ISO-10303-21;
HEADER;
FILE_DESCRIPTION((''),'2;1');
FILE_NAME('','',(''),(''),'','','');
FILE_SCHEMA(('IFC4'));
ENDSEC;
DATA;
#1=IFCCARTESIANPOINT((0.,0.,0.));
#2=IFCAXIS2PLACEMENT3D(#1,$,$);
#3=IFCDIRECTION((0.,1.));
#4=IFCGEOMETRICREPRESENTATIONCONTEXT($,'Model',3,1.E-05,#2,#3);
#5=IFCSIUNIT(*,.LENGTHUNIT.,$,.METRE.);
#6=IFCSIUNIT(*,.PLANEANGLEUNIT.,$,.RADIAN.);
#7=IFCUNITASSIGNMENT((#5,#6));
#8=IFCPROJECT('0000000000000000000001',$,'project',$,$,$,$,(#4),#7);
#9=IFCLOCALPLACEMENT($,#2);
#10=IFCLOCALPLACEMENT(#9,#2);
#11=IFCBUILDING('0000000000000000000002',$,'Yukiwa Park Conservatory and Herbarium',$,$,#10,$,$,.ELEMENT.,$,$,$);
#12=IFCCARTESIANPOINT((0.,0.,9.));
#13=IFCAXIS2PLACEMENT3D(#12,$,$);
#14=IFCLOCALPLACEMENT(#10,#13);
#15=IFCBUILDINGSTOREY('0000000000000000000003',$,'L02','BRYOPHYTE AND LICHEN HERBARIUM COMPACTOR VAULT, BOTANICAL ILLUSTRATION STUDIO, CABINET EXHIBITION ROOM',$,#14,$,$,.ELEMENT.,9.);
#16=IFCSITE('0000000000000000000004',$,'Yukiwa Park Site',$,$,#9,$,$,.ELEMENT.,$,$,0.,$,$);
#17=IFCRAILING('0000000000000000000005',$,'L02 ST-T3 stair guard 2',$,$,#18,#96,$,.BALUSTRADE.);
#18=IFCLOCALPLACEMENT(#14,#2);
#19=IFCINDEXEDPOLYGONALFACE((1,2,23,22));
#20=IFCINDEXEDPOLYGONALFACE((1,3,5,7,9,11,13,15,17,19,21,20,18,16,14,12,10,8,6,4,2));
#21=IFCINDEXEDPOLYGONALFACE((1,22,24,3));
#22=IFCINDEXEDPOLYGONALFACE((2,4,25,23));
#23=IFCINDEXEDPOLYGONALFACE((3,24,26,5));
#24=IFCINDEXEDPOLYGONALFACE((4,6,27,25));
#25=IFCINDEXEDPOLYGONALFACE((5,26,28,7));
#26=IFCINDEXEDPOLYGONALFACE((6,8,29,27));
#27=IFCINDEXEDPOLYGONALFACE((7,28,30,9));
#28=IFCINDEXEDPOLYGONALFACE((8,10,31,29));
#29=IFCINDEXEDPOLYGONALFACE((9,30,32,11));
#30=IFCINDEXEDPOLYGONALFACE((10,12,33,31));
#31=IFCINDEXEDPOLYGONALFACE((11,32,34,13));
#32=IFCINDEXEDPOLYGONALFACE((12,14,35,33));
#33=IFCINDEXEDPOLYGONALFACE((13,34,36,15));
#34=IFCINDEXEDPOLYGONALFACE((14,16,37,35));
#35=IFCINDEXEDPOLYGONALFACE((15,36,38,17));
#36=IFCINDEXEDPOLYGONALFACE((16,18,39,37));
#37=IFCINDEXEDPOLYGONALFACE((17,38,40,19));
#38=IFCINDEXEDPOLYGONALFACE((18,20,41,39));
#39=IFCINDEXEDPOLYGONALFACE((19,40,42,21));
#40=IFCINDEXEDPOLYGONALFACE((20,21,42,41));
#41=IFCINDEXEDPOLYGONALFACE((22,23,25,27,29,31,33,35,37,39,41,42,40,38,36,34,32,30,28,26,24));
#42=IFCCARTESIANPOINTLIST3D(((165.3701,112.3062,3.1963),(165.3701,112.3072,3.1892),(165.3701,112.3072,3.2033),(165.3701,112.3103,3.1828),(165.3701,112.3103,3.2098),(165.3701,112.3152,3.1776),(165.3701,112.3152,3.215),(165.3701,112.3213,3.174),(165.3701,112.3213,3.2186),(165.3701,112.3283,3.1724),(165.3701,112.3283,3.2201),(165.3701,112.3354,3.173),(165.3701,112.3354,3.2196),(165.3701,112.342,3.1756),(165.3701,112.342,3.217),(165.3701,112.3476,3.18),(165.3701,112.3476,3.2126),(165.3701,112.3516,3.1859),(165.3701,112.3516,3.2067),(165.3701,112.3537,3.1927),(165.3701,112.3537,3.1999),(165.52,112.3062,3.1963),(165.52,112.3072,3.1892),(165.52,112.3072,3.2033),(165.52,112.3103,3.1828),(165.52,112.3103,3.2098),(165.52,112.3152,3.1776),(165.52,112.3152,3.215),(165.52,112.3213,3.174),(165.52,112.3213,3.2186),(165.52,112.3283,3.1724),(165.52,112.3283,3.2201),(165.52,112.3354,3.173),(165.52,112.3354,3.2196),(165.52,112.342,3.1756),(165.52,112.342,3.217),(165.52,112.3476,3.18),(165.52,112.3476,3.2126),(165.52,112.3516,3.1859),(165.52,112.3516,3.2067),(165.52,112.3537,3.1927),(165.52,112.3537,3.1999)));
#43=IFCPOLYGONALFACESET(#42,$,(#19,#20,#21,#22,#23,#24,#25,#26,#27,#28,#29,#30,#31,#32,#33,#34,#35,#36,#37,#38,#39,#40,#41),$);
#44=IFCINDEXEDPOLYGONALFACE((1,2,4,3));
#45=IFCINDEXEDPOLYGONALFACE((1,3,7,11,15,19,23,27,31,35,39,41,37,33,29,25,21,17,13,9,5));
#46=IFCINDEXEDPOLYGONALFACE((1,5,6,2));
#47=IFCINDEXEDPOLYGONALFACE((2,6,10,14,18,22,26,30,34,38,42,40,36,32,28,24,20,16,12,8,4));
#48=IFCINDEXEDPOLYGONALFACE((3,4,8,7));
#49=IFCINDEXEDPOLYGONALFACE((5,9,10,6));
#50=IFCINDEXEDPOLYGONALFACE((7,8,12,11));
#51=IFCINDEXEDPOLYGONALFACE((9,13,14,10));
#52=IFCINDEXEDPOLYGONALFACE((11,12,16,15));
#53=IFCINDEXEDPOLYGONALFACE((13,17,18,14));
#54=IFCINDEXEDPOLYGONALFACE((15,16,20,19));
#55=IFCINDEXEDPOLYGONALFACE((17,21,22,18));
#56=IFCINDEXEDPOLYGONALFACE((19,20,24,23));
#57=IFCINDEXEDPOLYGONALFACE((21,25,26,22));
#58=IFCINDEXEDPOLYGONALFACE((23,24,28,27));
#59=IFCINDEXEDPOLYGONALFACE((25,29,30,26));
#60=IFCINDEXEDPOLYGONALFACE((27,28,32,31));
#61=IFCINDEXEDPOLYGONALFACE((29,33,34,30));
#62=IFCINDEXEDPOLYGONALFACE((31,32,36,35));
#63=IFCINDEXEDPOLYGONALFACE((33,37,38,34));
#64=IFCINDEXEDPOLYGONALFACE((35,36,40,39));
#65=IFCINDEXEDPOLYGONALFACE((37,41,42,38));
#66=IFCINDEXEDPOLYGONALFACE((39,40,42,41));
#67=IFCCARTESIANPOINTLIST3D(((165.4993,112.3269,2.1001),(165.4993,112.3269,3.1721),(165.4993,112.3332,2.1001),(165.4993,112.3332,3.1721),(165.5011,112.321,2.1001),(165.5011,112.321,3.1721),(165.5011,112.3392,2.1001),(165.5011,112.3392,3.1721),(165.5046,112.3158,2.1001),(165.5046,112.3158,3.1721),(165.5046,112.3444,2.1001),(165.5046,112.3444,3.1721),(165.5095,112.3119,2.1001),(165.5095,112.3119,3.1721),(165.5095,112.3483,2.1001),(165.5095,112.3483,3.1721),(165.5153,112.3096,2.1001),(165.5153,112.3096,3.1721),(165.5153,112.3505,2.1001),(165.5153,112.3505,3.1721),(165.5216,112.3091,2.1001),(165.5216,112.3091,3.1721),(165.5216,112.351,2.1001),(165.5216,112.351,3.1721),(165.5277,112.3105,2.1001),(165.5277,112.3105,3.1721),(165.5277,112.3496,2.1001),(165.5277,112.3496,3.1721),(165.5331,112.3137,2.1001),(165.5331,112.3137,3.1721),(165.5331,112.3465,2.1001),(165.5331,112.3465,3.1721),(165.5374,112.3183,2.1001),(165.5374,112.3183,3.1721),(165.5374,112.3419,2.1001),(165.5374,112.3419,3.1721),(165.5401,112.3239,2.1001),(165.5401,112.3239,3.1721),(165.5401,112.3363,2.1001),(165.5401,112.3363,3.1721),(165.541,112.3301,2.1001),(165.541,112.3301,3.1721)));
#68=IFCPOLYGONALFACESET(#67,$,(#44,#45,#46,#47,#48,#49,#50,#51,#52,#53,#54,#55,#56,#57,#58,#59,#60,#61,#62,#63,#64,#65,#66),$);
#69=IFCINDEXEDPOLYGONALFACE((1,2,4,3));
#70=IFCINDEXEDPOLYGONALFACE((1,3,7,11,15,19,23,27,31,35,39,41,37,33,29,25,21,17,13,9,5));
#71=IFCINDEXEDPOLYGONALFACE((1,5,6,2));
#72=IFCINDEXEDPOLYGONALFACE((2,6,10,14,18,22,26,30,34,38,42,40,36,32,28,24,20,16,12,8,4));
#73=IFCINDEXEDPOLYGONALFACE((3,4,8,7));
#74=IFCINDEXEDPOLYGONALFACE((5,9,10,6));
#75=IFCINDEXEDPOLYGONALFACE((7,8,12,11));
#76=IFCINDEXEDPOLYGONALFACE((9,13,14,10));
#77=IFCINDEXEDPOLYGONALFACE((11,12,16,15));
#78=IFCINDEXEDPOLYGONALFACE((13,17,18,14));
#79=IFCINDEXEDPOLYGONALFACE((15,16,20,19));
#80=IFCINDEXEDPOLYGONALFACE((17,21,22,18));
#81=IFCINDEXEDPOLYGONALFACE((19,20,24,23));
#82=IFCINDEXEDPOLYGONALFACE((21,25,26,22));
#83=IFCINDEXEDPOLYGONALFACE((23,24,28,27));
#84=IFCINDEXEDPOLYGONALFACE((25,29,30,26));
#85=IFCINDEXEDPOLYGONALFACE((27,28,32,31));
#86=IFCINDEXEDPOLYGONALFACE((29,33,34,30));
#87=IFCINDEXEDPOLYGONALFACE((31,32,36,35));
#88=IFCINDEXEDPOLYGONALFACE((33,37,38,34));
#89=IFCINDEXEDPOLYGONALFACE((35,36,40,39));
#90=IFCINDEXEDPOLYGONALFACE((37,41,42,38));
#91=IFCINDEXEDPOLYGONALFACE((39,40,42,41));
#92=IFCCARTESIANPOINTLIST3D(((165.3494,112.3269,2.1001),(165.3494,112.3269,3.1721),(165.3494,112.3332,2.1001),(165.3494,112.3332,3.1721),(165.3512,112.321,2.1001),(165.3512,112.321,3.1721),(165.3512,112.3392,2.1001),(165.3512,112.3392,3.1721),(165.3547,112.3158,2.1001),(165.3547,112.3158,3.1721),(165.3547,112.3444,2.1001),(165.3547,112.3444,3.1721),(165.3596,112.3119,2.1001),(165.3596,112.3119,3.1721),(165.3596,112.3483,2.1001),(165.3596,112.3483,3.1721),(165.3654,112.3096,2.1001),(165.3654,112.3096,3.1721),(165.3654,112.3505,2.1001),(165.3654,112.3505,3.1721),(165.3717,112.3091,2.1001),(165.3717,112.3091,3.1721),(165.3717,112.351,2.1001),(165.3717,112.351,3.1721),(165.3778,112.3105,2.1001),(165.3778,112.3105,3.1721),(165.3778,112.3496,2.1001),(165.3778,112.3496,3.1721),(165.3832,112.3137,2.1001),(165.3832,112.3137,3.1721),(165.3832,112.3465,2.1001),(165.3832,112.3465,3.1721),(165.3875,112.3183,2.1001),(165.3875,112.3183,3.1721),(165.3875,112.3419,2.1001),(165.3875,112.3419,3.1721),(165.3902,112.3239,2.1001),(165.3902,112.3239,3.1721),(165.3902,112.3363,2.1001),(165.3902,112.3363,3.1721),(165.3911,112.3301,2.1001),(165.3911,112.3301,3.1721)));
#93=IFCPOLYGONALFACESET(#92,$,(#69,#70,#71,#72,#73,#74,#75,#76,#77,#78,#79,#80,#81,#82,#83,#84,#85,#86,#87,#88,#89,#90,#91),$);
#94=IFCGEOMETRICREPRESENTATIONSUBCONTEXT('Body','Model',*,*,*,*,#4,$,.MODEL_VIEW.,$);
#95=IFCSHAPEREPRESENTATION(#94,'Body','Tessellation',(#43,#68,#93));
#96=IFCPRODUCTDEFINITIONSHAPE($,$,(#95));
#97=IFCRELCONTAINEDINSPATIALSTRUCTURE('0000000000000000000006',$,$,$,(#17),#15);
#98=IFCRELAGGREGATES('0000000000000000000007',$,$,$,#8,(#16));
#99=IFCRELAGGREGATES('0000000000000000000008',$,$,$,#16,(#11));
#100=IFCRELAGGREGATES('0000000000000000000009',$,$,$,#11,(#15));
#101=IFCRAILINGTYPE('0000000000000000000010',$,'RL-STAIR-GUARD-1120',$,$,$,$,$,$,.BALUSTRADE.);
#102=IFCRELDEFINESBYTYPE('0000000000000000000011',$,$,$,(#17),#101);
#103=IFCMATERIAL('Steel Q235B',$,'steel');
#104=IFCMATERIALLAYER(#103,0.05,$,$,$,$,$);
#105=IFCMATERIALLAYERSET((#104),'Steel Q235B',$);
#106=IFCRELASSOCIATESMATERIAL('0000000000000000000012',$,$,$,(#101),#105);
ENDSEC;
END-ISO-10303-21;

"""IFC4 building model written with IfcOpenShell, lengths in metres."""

from ifc_helpers import new_model, si_unit, direction, frame, origin, origin_2d, place, context, subcontext, project, spatial, circle, extrude, material, layer, layer_set, type_object, element, save


model = new_model("IFC4")

# Units and contexts
model_context = context("Model", 3, precision=1e-05, world=origin(), true_north=direction((0.0, 1.0)))
body_context = subcontext(model_context, "Body", "Model", "MODEL_VIEW")
ifc_project = project(units=[si_unit("LENGTHUNIT", "METRE"), si_unit("PLANEANGLEUNIT", "RADIAN")], contexts=[model_context])

# Site, building, storey
site_placement = place(None, origin())
site = spatial("IfcSite", under=ifc_project, at=site_placement, Name="Yukiwa Park Site", CompositionType="ELEMENT", RefElevation=0.0)
building_placement = place(site_placement, origin())
building = spatial("IfcBuilding", under=site, at=building_placement, Name="Yukiwa Park Conservatory and Herbarium", CompositionType="ELEMENT")
storey_placement = place(building_placement, frame((0.0, 0.0, 9.0)))
storey = spatial("IfcBuildingStorey", under=building, at=storey_placement, Name="L02", Description="BRYOPHYTE AND LICHEN HERBARIUM COMPACTOR VAULT, BOTANICAL ILLUSTRATION STUDIO, CABINET EXHIBITION ROOM", CompositionType="ELEMENT", Elevation=9.0)

# Railing
ifc_material_1 = material(Name="Steel Q235B", Category="steel")
ifc_layer_1 = layer(ifc_material_1, 0.05)
ifc_layer_set_1 = layer_set([ifc_layer_1], Name="Steel Q235B")
railing_type_1 = type_object("IfcRailingType", Name="RL-STAIR-GUARD-1120", PredefinedType="BALUSTRADE", material=ifc_layer_set_1)
railing_1_placement = place(storey_placement, frame((165.52, 112.3301, 2.1001)))
element("IfcRailing", 1, at=railing_1_placement, inside=storey, type_object=railing_type_1, Name="L02 ST-T3 stair guard 2", PredefinedType="BALUSTRADE", context=body_context, shape_type="SweptSolid", body=[
    extrude(circle(Radius=0.0239, at=origin_2d()), frame((0.0, 0.0, 1.0962), z_axis=(-1.0, 0.0, 0.0), x_axis=(0.0, -1.0, 0.0)), (0.0, 0.0, 1.0), 0.1499),
    extrude(circle(Radius=0.021, at=origin_2d()), origin(), (0.0, 0.0, 1.0), 1.072),
    extrude(circle(Radius=0.021, at=origin_2d()), frame((-0.1499, 0.0, 0.0)), (0.0, 0.0, 1.0), 1.072),
])

save(model, "model.ifc")
